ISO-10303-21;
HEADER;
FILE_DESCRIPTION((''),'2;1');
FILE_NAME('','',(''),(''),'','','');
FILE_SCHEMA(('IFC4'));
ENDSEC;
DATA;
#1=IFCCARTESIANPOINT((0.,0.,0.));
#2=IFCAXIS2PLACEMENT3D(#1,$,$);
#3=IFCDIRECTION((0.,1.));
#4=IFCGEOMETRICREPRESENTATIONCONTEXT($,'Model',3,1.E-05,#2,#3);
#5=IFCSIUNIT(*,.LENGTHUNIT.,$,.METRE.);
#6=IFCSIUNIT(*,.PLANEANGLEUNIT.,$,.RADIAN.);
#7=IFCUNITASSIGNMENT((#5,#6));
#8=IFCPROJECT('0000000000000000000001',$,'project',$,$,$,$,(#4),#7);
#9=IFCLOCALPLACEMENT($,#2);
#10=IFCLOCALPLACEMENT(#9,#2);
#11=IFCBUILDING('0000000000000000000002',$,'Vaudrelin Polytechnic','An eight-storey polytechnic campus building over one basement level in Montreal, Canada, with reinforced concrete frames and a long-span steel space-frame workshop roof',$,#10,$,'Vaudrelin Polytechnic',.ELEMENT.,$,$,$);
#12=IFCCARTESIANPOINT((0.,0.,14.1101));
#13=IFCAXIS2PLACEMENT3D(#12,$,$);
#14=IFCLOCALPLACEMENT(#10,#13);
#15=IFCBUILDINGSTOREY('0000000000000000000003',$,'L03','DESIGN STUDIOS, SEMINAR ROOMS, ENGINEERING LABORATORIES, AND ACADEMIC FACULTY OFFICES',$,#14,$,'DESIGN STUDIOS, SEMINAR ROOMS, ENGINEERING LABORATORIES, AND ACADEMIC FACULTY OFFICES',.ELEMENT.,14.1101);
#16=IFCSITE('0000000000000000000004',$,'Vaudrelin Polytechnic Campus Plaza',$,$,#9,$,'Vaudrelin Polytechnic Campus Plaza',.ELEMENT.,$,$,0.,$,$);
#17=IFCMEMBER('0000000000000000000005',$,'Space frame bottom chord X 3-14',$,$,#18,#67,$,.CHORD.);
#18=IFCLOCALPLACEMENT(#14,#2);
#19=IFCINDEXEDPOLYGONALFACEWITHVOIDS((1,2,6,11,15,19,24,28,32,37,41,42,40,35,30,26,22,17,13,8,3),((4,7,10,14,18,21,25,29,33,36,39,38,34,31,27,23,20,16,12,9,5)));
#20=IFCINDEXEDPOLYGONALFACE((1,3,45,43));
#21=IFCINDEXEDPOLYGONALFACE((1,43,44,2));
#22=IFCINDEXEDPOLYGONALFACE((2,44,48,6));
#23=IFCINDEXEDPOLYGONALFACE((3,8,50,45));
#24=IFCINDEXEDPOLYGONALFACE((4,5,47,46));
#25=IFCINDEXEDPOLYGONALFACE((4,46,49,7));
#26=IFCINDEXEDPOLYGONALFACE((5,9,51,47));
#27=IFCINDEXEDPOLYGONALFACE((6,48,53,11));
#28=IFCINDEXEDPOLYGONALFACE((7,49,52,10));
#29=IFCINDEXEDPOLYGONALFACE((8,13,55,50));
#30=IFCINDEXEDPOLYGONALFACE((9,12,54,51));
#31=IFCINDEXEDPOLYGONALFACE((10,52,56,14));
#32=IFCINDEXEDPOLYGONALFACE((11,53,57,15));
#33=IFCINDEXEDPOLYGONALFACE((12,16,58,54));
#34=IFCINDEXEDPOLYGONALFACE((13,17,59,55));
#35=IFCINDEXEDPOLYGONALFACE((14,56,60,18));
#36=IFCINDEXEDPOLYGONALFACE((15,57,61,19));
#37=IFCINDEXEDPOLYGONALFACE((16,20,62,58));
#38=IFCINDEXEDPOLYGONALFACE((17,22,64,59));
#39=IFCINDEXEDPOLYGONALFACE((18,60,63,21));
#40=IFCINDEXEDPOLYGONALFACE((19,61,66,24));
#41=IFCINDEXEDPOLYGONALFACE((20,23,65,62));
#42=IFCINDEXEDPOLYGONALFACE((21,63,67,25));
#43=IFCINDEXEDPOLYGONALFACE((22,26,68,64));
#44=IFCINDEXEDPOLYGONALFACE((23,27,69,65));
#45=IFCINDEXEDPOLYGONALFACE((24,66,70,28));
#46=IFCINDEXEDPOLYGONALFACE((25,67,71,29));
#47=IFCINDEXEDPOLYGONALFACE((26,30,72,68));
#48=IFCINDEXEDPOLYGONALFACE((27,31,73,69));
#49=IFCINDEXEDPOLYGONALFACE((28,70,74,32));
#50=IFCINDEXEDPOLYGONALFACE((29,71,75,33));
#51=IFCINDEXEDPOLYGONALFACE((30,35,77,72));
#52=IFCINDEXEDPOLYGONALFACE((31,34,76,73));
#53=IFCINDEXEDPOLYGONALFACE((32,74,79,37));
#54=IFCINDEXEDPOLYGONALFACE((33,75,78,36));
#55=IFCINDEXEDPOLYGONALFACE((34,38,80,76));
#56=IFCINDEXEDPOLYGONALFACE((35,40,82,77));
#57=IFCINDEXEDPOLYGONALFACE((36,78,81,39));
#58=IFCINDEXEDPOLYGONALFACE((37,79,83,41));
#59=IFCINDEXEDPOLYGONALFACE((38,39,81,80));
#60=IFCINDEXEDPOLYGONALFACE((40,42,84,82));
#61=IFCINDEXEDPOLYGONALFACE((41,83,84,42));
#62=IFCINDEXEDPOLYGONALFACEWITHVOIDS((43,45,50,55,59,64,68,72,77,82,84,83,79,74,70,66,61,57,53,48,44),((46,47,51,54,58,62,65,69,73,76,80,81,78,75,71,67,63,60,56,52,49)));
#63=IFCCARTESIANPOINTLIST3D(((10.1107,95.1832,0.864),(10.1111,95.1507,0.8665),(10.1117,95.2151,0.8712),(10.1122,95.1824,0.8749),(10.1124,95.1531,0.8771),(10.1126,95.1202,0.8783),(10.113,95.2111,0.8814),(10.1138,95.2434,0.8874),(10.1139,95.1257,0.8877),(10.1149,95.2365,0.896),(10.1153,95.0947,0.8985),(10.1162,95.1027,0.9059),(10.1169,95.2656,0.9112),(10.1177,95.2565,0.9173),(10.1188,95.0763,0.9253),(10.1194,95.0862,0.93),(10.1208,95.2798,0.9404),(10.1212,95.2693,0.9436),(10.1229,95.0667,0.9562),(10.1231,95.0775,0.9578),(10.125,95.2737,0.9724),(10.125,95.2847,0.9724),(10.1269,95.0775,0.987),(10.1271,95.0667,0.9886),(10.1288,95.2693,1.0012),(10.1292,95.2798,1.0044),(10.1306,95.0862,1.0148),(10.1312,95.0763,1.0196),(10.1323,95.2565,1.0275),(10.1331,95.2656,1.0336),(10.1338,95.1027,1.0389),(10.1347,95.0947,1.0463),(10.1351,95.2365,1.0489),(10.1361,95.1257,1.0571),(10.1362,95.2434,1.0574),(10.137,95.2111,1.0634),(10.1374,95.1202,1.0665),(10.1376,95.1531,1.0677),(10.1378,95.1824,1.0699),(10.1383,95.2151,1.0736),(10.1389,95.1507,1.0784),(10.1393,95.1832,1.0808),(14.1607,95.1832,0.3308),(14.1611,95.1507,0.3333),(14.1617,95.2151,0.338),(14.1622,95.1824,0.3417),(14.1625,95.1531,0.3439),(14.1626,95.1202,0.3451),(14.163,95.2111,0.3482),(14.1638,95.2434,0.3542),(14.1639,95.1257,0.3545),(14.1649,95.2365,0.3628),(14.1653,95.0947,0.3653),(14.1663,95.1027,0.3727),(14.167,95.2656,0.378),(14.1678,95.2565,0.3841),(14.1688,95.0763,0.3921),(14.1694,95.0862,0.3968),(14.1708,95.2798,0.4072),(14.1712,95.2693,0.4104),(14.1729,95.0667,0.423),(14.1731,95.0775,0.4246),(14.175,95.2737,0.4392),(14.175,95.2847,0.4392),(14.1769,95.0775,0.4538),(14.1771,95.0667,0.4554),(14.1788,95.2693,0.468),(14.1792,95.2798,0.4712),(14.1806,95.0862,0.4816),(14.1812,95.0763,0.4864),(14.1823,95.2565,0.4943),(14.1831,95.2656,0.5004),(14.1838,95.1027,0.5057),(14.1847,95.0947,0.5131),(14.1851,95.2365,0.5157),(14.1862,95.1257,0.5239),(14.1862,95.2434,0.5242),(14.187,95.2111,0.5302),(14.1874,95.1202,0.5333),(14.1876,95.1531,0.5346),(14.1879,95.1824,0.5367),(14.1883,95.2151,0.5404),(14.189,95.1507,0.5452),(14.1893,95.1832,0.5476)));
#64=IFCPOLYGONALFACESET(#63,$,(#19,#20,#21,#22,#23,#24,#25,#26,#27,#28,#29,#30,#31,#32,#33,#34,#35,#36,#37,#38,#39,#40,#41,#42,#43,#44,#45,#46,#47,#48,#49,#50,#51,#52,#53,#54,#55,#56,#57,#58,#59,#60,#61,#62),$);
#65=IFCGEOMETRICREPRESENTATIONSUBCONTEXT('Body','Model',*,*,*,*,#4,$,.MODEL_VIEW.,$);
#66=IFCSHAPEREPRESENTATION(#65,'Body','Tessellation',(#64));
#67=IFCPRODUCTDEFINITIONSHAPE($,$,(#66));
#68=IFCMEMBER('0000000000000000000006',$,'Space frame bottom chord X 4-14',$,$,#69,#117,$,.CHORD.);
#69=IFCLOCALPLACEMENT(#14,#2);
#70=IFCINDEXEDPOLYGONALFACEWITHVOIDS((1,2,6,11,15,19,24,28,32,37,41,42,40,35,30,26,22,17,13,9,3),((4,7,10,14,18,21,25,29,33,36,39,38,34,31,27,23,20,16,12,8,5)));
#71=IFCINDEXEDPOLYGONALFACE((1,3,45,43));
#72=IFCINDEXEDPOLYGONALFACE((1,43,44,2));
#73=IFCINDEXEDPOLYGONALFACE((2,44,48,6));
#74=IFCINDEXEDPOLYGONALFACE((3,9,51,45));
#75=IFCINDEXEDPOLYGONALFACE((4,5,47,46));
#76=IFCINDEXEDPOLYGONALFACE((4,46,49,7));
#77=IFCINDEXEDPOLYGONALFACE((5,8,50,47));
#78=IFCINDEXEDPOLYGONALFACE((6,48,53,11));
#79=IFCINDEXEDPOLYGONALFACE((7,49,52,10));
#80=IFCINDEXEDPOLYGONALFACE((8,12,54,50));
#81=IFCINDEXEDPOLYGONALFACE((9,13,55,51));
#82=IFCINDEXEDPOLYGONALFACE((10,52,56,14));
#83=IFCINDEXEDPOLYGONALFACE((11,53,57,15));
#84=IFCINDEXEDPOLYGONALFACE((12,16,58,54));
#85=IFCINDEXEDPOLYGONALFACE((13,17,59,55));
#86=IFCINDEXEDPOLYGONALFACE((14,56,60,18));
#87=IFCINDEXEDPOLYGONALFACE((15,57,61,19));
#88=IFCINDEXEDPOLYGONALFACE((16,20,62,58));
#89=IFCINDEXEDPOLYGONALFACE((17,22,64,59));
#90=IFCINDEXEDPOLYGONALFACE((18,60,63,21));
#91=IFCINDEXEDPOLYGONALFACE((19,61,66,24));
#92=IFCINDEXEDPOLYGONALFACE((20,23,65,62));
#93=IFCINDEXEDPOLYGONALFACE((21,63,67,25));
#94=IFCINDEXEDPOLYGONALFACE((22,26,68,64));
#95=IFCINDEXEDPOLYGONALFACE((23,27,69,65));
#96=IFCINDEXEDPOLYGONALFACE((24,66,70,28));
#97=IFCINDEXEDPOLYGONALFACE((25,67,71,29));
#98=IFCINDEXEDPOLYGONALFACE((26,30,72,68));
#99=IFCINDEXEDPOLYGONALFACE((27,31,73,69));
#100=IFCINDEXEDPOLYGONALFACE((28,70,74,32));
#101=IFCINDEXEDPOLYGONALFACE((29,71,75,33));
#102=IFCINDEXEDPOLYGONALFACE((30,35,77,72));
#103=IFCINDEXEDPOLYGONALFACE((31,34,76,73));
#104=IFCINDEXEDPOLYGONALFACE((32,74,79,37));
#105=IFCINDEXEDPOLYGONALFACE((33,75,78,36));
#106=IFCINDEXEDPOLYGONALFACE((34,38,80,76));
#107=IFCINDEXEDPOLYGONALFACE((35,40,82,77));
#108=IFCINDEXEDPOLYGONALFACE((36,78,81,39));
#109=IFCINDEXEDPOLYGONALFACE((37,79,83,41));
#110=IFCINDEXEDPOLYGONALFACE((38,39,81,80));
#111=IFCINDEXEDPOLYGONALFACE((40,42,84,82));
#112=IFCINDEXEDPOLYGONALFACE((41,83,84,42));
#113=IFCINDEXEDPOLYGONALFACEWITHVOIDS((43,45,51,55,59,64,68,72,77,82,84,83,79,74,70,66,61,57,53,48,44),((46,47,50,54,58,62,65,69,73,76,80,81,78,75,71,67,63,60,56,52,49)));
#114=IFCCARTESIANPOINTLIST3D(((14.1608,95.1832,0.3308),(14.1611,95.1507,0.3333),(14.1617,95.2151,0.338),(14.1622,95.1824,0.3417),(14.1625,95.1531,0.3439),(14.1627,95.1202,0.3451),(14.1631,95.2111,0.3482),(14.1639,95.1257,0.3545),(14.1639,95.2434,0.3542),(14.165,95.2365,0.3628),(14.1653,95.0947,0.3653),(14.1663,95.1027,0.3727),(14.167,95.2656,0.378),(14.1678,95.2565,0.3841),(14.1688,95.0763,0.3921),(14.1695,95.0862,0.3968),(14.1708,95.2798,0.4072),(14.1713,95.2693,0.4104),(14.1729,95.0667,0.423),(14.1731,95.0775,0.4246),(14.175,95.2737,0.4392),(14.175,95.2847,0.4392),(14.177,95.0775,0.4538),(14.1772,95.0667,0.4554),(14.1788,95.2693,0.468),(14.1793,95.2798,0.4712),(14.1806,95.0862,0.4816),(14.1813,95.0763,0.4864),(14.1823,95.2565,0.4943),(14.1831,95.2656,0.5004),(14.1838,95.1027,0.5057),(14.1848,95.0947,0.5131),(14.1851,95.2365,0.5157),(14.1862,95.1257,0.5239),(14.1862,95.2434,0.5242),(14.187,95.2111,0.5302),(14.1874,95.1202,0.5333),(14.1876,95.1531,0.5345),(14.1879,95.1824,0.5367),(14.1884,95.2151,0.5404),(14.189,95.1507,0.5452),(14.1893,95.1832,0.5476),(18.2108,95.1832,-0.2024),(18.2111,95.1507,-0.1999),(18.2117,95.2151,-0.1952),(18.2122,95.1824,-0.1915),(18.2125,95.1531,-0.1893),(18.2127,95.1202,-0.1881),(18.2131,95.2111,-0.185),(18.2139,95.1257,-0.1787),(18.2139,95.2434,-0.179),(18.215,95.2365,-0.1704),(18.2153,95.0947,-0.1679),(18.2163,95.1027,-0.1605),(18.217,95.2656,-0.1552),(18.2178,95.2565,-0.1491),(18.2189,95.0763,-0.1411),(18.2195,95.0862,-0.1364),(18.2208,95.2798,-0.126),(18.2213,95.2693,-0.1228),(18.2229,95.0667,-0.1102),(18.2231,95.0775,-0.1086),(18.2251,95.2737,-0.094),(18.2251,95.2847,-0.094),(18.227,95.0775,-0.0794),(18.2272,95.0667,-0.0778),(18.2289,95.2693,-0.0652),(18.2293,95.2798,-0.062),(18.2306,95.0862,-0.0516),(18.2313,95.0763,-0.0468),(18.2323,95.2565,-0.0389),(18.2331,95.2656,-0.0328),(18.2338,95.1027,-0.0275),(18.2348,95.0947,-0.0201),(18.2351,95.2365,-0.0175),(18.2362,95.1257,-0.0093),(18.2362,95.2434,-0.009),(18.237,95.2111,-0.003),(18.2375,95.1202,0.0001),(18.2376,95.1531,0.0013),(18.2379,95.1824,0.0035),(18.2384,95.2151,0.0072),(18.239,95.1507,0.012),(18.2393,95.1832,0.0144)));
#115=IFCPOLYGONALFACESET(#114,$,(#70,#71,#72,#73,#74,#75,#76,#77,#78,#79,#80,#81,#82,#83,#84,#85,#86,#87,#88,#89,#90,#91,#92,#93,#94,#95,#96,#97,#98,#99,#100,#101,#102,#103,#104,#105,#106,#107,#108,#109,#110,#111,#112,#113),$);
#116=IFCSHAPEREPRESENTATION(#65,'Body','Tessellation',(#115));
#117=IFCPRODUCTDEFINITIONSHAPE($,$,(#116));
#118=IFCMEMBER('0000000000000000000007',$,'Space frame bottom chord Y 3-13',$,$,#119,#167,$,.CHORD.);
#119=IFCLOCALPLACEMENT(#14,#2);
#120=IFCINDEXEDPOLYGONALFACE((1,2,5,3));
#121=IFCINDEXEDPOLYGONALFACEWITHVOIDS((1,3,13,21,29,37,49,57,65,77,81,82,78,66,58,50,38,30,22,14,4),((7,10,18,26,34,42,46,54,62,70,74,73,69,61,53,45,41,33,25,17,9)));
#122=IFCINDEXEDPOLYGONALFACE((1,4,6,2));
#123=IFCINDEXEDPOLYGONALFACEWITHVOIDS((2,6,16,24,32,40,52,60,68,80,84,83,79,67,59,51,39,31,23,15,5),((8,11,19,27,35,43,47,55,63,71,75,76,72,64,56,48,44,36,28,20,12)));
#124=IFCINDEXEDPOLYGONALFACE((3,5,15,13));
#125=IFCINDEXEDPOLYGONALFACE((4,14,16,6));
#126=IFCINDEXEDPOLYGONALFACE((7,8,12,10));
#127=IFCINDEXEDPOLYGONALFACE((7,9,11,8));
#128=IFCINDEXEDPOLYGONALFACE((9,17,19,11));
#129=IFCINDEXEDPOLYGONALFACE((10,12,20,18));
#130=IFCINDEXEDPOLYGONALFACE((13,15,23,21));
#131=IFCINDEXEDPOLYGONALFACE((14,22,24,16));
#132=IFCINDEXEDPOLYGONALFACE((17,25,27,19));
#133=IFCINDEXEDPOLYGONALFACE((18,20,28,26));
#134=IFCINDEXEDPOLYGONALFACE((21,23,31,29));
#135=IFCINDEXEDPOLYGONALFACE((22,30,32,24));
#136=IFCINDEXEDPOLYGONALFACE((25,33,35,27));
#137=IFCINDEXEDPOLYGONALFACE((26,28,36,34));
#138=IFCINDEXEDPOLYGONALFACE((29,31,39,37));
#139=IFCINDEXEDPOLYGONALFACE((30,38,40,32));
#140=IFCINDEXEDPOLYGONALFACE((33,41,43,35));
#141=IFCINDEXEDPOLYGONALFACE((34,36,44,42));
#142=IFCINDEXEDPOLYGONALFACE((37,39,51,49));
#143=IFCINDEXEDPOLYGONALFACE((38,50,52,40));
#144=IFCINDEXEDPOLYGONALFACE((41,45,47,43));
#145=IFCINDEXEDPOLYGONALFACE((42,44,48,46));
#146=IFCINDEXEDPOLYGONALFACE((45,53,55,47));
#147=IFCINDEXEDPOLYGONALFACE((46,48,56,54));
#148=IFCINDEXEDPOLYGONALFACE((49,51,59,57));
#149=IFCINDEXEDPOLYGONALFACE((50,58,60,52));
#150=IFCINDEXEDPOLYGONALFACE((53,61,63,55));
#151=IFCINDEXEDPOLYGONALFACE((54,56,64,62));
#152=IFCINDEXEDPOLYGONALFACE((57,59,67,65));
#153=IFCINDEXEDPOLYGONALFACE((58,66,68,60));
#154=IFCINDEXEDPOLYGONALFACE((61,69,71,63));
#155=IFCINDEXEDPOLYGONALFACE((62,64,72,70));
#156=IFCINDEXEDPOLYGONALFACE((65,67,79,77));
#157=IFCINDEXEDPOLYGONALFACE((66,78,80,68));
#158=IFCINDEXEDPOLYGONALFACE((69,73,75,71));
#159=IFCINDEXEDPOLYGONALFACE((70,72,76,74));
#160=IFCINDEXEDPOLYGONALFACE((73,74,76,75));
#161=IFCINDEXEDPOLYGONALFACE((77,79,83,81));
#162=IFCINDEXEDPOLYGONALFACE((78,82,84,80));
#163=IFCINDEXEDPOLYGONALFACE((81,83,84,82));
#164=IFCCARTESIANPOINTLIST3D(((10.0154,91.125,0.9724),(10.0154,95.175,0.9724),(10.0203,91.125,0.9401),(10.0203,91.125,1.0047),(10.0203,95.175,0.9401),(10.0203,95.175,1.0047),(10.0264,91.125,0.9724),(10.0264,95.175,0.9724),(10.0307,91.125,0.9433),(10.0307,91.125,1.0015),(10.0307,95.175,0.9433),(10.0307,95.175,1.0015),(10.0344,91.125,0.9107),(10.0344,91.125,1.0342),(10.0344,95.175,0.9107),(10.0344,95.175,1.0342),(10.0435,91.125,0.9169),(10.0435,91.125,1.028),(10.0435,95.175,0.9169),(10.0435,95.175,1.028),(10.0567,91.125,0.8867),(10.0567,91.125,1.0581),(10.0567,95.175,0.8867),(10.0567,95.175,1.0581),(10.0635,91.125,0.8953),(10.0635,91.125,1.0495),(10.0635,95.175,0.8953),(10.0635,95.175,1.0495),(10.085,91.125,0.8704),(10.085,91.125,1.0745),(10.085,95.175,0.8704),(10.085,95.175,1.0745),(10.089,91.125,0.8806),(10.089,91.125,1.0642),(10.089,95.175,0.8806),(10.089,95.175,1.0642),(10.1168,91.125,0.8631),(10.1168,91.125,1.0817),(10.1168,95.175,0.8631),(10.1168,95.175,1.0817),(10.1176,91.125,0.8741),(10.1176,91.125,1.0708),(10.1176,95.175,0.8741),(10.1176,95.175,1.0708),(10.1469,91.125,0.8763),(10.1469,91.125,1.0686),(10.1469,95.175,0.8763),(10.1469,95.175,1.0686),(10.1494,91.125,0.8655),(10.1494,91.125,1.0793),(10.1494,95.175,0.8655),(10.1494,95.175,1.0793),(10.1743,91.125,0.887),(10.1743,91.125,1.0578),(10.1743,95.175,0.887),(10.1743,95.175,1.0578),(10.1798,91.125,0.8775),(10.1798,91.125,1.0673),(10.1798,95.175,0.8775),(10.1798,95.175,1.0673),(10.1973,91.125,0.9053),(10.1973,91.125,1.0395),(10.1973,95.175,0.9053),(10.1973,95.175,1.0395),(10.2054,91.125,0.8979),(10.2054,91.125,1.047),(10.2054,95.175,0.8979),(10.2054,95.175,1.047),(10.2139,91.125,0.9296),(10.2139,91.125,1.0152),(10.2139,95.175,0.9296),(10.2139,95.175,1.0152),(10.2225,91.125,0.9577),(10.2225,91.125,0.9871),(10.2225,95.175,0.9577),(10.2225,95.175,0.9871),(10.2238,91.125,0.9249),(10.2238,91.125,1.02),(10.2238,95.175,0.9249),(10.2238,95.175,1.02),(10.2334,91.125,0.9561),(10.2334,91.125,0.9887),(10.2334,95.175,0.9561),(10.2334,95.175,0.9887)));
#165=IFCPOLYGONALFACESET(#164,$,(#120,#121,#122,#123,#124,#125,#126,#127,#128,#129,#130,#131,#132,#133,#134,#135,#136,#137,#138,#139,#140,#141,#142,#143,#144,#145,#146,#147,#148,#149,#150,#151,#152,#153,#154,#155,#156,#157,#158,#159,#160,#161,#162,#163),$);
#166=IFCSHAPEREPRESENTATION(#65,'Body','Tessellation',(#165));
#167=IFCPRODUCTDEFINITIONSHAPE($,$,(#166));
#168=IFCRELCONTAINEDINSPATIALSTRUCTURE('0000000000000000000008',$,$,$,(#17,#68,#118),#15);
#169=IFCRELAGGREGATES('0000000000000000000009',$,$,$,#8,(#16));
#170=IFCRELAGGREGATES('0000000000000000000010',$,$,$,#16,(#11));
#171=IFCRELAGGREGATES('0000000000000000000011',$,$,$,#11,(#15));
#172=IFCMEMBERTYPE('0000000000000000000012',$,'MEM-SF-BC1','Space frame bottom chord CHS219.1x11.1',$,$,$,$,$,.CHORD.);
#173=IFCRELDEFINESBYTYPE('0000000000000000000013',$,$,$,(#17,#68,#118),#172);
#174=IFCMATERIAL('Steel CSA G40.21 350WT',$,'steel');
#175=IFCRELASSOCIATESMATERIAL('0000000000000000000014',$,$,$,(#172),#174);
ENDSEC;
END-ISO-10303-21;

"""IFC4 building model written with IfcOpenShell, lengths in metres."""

from ifc_helpers import new_model, si_unit, direction, frame, origin, origin_2d, place, context, subcontext, project, spatial, hollow_circle, extrude, material, material_profile, profile_set, type_object, element, save


model = new_model("IFC4")

# Units and contexts
model_context = context("Model", 3, precision=1e-05, world=origin(), true_north=direction((0.0, 1.0)))
body_context = subcontext(model_context, "Body", "Model", "MODEL_VIEW")
ifc_project = project(units=[si_unit("LENGTHUNIT", "METRE"), si_unit("PLANEANGLEUNIT", "RADIAN")], contexts=[model_context])

# Site, building, storey
site_placement = place(None, origin())
site = spatial("IfcSite", under=ifc_project, at=site_placement, Name="Vaudrelin Polytechnic Campus Plaza", LongName="Vaudrelin Polytechnic Campus Plaza", CompositionType="ELEMENT", RefElevation=0.0)
building_placement = place(site_placement, origin())
building = spatial("IfcBuilding", under=site, at=building_placement, Name="Vaudrelin Polytechnic", Description="An eight-storey polytechnic campus building over one basement level in Montreal, Canada, with reinforced concrete frames and a long-span steel space-frame workshop roof", LongName="Vaudrelin Polytechnic", CompositionType="ELEMENT")
storey_placement = place(building_placement, frame((0.0, 0.0, 14.1101)))
storey = spatial("IfcBuildingStorey", under=building, at=storey_placement, Name="L03", Description="DESIGN STUDIOS, SEMINAR ROOMS, ENGINEERING LABORATORIES, AND ACADEMIC FACULTY OFFICES", LongName="DESIGN STUDIOS, SEMINAR ROOMS, ENGINEERING LABORATORIES, AND ACADEMIC FACULTY OFFICES", CompositionType="ELEMENT", Elevation=14.1101)

# Members
ifc_material_1 = material(Name="Steel CSA G40.21 350WT", Category="steel")
ifc_material_profile_1 = material_profile(ifc_material_1, hollow_circle(Radius=0.1096, WallThickness=0.011, at=origin_2d()), Name="CHS219.1x11.1")
ifc_profile_set_1 = profile_set([ifc_material_profile_1], Name="Steel CSA G40.21 350WT")
member_type_1 = type_object("IfcMemberType", Name="MEM-SF-BC1", Description="Space frame bottom chord CHS219.1x11.1", PredefinedType="CHORD", material=ifc_profile_set_1)
for number, where, z_axis, x_axis, name in (
    (1, (10.125, 95.175, 0.9724), (0.991445, 0.0, -0.130527), (0.0, 1.0, 0.0), "Space frame bottom chord X 3-14"),
    (2, (14.175, 95.175, 0.4392), (0.991445, 0.0, -0.130527), (0.0, 1.0, 0.0), "Space frame bottom chord X 4-14"),
):
    element("IfcMember", number, at=place(storey_placement, frame(where, z_axis=z_axis, x_axis=x_axis)), inside=storey, type_object=member_type_1, Name=name, PredefinedType="CHORD", context=body_context, shape_type="SweptSolid", body=[
        extrude(hollow_circle(Radius=0.1096, WallThickness=0.011, at=origin_2d()), origin(), (0.0, 0.0, 1.0), 4.085),
    ])
for number, where, z_axis, x_axis, name in (
    (3, (10.125, 91.125, 0.9724), (0.0, 1.0, 0.0), (-1.0, 0.0, 0.0), "Space frame bottom chord Y 3-13"),
):
    element("IfcMember", number, at=place(storey_placement, frame(where, z_axis=z_axis, x_axis=x_axis)), inside=storey, type_object=member_type_1, Name=name, PredefinedType="CHORD", context=body_context, shape_type="SweptSolid", body=[
        extrude(hollow_circle(Radius=0.1096, WallThickness=0.011, at=origin_2d()), origin(), (0.0, 0.0, 1.0), 4.05),
    ])

save(model, "model.ifc")
